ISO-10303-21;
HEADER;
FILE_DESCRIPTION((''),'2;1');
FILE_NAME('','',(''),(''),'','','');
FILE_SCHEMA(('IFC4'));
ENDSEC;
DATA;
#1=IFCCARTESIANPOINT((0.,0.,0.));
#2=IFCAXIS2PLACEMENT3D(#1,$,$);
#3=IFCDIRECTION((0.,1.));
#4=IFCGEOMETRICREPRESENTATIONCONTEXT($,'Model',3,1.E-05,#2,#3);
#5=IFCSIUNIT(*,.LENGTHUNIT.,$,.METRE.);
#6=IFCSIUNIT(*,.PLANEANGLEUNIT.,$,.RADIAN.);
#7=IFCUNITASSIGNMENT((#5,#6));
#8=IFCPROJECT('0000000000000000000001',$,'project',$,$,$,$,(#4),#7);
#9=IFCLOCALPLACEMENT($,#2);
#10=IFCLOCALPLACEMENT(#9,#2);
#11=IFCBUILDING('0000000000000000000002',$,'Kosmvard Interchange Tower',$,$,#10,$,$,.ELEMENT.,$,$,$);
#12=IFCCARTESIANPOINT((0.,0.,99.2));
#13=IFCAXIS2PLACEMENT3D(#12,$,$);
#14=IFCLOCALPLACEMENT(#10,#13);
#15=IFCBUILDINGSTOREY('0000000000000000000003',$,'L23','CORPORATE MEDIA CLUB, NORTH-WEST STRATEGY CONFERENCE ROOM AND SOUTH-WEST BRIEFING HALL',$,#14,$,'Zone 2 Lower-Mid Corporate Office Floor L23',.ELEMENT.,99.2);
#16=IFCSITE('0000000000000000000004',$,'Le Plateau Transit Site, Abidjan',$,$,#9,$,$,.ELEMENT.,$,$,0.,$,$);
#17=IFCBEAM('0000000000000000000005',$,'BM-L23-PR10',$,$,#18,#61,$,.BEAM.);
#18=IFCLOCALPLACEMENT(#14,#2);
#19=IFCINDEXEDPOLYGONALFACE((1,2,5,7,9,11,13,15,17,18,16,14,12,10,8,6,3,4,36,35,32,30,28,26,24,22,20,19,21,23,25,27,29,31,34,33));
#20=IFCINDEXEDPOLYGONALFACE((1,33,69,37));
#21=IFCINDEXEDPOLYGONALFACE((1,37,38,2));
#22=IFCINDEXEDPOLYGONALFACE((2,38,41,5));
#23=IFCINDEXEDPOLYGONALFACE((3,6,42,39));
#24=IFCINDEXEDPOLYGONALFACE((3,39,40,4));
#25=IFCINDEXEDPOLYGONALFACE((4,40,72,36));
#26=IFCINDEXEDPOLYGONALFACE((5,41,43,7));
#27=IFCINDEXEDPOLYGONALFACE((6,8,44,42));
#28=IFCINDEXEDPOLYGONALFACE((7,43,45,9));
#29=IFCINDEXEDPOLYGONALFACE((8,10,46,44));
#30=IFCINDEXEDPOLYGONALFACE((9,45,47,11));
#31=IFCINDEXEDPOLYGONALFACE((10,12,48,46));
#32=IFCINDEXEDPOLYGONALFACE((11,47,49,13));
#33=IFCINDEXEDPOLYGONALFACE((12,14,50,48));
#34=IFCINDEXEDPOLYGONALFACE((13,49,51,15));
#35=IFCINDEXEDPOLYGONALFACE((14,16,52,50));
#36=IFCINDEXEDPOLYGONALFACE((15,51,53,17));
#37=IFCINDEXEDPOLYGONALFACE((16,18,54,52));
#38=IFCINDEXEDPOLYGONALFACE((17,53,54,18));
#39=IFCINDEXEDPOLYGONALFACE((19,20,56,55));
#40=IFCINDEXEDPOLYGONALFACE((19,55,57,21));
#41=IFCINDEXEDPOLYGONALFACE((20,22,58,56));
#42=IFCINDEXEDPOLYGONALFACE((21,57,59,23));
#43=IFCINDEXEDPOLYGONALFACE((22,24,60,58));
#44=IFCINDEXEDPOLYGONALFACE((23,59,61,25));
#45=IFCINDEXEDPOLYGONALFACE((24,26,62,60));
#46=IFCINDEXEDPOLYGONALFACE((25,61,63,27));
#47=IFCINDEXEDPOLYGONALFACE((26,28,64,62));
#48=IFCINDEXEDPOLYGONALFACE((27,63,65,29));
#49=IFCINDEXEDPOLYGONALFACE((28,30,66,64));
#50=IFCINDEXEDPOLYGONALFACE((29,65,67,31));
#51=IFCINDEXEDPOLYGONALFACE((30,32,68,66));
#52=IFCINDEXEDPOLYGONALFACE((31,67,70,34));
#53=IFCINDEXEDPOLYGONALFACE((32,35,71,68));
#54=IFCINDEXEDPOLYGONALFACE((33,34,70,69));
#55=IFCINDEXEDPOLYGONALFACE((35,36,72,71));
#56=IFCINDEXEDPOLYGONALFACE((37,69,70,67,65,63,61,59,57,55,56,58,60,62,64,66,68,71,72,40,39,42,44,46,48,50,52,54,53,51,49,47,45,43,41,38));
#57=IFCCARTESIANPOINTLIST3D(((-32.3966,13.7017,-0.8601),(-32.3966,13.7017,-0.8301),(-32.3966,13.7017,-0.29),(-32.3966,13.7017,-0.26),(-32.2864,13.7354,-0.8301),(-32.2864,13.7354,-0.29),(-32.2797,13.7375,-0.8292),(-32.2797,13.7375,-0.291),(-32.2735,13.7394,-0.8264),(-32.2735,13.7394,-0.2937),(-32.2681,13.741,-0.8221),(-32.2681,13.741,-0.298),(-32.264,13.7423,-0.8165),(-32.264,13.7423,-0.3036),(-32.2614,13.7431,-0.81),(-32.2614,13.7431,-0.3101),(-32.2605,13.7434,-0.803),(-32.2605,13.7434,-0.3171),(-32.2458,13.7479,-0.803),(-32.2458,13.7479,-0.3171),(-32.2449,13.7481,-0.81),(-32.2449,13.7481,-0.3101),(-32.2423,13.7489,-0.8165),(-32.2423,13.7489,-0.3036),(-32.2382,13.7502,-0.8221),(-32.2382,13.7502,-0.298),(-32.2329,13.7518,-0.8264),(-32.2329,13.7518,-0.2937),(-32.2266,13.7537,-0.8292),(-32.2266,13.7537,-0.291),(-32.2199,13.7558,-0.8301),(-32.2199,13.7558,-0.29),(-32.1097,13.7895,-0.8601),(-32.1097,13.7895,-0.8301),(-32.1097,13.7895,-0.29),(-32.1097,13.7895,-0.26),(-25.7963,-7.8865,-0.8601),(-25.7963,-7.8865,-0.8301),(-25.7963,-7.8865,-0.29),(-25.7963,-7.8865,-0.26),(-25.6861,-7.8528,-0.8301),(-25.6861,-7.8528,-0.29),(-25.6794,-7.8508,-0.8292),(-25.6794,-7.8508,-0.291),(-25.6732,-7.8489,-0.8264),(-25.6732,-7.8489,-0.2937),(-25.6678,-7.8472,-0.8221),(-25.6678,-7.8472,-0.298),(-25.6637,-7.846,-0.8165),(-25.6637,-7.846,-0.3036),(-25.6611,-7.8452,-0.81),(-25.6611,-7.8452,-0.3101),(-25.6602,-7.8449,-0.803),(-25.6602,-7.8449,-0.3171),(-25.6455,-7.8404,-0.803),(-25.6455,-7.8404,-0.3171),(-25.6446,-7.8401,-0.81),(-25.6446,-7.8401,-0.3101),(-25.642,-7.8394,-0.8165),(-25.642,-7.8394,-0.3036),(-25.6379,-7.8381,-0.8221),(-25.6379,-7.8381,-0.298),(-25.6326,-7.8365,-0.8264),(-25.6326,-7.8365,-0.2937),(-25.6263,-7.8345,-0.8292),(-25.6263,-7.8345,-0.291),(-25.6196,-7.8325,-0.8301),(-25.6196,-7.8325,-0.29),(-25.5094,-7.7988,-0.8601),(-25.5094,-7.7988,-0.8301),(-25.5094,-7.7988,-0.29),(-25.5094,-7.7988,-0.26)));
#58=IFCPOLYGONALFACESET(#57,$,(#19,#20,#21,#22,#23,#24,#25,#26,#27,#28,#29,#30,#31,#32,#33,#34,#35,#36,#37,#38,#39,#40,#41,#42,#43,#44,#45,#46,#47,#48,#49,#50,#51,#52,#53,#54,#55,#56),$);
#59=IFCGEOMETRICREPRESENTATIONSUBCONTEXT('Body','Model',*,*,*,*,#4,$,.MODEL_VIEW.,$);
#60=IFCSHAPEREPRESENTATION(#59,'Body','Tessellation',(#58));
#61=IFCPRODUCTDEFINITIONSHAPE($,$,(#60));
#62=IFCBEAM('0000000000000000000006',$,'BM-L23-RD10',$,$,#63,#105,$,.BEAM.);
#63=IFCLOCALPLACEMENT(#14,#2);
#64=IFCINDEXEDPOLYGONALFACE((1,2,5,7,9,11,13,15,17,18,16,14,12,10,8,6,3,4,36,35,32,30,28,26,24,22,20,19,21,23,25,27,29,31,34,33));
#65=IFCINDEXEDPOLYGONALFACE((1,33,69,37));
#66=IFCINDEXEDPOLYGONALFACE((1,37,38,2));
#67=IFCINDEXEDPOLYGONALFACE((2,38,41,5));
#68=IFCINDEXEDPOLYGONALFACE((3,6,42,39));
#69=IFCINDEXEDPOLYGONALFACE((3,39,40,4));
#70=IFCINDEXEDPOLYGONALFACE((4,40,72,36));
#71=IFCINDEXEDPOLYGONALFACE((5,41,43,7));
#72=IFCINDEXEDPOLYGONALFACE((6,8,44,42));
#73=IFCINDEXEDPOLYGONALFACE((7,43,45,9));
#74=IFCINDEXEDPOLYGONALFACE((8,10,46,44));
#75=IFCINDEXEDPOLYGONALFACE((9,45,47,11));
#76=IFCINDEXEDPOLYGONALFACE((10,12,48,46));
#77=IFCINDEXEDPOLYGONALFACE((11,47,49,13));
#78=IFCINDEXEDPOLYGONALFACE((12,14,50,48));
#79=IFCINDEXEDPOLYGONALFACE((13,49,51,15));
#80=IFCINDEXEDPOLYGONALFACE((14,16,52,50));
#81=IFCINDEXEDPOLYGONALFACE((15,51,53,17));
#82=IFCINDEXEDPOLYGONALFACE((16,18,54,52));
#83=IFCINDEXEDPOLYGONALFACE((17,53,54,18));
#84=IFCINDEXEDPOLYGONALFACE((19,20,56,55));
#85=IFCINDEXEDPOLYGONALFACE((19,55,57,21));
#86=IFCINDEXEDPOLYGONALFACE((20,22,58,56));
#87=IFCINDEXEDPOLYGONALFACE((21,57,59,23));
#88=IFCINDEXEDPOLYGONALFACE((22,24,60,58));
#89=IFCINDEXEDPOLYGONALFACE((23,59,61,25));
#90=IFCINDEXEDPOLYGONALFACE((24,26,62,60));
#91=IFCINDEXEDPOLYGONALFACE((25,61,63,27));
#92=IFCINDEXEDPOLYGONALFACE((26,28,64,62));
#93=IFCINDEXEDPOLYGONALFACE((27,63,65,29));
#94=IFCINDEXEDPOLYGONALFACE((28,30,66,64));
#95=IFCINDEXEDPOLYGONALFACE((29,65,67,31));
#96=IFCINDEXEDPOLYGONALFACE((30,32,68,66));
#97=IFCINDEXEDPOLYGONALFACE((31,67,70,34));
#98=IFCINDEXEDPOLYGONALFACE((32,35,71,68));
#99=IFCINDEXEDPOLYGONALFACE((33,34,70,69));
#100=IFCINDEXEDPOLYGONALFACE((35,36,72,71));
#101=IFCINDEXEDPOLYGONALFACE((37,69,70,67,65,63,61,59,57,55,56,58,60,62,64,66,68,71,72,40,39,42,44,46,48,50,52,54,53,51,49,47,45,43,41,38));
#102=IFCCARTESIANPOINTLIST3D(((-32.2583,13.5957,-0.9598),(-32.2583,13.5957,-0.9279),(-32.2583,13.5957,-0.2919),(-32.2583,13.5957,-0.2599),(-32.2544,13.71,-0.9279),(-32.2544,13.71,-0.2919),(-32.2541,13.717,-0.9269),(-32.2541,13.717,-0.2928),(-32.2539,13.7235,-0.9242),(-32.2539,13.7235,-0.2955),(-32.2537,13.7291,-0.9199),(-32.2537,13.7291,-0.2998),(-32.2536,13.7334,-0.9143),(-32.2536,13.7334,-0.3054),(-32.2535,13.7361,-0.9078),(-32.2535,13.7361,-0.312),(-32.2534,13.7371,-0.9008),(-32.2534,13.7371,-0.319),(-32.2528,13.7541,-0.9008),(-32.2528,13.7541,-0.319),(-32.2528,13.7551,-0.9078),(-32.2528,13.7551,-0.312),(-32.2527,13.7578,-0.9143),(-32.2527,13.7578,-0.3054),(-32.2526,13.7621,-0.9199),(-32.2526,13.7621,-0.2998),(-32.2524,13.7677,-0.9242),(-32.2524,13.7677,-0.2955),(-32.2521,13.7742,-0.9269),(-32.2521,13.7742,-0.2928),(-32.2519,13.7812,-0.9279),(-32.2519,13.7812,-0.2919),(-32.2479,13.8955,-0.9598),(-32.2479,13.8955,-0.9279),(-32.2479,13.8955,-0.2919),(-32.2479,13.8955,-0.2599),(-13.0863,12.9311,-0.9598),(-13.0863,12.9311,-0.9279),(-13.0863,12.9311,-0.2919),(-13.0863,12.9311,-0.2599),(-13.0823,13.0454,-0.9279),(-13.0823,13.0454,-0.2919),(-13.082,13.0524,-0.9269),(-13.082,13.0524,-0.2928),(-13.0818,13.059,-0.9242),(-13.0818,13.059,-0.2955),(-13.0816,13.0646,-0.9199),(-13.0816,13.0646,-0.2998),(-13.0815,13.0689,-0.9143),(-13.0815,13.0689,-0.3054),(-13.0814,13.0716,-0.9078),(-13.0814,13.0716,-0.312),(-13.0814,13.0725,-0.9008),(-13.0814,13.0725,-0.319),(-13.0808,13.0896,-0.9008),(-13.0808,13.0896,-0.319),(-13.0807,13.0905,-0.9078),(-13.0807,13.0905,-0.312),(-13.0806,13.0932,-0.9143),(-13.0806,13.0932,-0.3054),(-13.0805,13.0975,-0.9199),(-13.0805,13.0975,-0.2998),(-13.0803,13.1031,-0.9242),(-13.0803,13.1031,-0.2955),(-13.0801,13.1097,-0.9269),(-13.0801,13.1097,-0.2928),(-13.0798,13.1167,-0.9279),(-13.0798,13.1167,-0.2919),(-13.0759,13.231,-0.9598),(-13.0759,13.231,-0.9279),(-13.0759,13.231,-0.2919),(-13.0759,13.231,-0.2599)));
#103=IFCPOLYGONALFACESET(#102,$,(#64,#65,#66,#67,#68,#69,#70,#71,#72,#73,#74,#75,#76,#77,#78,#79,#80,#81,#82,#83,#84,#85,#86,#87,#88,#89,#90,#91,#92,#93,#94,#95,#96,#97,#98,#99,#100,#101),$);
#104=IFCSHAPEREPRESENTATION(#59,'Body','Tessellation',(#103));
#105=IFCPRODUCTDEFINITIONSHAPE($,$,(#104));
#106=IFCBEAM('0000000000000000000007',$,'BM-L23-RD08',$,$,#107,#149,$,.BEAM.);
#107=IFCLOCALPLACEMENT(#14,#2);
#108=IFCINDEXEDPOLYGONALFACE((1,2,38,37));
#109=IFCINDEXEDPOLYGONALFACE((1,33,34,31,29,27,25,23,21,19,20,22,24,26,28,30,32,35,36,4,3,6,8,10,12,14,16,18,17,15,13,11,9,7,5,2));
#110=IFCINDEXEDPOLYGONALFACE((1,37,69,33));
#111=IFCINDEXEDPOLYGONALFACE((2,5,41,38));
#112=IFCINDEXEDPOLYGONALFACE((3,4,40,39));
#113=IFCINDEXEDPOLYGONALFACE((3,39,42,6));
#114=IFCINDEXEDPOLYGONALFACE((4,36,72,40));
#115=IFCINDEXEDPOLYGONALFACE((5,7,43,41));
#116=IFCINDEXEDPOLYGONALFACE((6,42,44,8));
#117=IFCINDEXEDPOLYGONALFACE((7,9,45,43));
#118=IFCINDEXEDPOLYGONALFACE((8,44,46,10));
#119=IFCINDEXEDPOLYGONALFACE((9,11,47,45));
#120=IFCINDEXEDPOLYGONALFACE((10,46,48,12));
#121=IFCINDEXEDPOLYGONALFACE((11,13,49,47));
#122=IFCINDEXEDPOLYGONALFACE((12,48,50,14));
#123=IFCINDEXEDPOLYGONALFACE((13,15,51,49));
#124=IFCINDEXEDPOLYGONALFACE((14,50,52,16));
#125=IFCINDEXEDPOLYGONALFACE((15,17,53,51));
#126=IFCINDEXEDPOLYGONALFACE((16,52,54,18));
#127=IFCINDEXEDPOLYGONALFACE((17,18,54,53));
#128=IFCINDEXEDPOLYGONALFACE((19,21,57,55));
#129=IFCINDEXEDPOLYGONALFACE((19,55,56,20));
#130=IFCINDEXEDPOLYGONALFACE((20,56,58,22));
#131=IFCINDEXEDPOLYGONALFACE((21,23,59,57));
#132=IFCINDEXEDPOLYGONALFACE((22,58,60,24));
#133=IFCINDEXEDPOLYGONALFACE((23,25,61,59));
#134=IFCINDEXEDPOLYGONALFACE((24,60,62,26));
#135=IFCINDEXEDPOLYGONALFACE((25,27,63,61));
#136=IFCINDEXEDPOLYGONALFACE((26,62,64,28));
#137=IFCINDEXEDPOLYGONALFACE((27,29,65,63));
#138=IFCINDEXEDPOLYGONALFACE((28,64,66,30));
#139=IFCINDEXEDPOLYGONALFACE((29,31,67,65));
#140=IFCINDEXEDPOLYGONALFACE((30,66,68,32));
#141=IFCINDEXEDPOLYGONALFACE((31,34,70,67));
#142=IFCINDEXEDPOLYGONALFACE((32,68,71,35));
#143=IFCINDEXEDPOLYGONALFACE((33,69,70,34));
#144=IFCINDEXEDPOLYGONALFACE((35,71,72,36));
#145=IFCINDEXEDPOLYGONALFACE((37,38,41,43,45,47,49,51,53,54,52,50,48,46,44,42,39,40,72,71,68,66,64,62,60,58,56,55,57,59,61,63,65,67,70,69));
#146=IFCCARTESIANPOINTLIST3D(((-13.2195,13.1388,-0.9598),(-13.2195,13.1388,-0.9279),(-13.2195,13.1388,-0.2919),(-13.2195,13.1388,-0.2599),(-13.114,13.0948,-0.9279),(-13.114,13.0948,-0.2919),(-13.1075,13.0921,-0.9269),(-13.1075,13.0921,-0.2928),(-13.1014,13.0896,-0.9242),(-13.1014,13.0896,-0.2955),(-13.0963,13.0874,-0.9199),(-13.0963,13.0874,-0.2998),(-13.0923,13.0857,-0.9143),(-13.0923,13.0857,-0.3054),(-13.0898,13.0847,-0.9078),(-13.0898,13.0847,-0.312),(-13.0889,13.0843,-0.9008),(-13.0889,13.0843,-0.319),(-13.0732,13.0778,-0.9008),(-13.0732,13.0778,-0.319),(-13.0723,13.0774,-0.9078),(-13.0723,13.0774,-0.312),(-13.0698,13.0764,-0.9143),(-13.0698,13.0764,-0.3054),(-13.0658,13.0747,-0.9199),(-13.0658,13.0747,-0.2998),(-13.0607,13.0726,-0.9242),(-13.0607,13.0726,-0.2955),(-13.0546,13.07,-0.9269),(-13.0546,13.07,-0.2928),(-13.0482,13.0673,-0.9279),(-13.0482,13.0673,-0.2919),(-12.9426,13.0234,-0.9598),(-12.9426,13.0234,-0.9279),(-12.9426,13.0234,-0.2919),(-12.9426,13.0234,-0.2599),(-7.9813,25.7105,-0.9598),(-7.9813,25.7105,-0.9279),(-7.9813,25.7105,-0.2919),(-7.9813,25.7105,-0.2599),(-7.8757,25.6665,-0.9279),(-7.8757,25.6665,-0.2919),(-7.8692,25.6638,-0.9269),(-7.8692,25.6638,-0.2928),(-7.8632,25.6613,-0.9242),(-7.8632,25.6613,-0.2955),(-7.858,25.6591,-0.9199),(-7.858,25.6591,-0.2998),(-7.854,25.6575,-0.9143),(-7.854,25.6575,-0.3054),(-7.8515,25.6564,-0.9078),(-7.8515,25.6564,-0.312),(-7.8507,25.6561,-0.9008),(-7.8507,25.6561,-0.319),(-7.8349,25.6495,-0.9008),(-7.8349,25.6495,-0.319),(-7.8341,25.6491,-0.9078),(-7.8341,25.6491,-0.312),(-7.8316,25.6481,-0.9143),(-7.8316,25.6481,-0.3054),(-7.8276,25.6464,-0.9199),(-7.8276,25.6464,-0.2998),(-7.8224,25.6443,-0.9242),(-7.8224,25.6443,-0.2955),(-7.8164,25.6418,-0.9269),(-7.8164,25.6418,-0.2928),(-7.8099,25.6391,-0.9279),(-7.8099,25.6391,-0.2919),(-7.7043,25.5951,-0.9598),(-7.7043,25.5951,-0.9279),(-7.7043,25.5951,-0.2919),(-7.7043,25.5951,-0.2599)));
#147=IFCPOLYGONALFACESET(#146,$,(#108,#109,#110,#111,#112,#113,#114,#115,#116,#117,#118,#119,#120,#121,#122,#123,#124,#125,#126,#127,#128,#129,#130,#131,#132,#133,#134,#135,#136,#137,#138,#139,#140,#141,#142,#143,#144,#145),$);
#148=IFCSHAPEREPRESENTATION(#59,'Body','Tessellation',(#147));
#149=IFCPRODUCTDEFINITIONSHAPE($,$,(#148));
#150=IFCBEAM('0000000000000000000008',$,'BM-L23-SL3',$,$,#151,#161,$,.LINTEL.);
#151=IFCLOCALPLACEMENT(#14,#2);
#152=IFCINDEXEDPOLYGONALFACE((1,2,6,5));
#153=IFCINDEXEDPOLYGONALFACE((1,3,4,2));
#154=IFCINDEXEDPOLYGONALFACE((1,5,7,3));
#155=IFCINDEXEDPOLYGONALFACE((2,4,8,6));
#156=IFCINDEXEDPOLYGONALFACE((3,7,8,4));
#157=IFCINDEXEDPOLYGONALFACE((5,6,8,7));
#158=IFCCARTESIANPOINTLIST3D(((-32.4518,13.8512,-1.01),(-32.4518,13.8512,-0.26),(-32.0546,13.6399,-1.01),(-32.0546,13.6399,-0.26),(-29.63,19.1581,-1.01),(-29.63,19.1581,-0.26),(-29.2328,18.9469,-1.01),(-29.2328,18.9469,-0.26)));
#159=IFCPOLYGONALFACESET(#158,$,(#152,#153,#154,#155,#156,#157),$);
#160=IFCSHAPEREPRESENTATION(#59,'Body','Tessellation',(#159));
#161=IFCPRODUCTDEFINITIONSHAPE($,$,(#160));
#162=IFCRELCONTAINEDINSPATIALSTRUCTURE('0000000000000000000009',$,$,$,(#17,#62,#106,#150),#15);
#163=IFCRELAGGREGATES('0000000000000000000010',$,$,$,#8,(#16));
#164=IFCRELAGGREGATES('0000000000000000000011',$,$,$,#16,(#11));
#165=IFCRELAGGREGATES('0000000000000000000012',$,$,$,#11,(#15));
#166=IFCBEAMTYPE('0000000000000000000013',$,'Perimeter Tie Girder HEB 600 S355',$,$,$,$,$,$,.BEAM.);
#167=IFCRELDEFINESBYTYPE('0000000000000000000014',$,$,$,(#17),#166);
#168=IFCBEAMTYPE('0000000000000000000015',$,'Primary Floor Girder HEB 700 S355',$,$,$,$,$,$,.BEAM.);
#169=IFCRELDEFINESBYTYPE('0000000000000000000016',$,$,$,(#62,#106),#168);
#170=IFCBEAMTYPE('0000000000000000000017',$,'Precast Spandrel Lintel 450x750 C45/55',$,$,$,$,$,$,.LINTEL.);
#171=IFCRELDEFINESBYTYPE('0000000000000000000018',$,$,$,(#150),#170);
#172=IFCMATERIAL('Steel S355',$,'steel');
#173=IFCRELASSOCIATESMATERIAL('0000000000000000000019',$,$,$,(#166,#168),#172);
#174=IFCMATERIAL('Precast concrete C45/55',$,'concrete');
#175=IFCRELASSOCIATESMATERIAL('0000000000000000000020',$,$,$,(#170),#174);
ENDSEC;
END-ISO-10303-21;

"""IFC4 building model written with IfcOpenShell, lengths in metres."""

from ifc_helpers import new_model, si_unit, direction, frame, origin, origin_2d, place, context, subcontext, project, spatial, rectangle, i_section, extrude, source, transform, mapped, material, material_profile, profile_set, type_object, element, save


model = new_model("IFC4")

# Units and contexts
model_context = context("Model", 3, precision=1e-05, world=origin(), true_north=direction((0.0, 1.0)))
body_context = subcontext(model_context, "Body", "Model", "MODEL_VIEW")
ifc_project = project(units=[si_unit("LENGTHUNIT", "METRE"), si_unit("PLANEANGLEUNIT", "RADIAN")], contexts=[model_context])

# Site, building, storey
site_placement = place(None, origin())
site = spatial("IfcSite", under=ifc_project, at=site_placement, Name="Le Plateau Transit Site, Abidjan", CompositionType="ELEMENT", RefElevation=0.0)
building_placement = place(site_placement, origin())
building = spatial("IfcBuilding", under=site, at=building_placement, Name="Kosmvard Interchange Tower", CompositionType="ELEMENT")
storey_placement = place(building_placement, frame((0.0, 0.0, 99.2)))
storey = spatial("IfcBuildingStorey", under=building, at=storey_placement, Name="L23", Description="CORPORATE MEDIA CLUB, NORTH-WEST STRATEGY CONFERENCE ROOM AND SOUTH-WEST BRIEFING HALL", LongName="Zone 2 Lower-Mid Corporate Office Floor L23", CompositionType="ELEMENT", Elevation=99.2)

# Beams
ifc_material_1 = material(Name="Steel S355", Category="steel")
ifc_material_profile_1 = material_profile(ifc_material_1, i_section(OverallWidth=0.3, OverallDepth=0.6001, WebThickness=0.0154, FlangeThickness=0.03, FilletRadius=0.0271, at=origin_2d()), Name="HEB 600")
ifc_profile_set_1 = profile_set([ifc_material_profile_1], Name="Steel S355")
beam_type_1 = type_object("IfcBeamType", Name="Perimeter Tie Girder HEB 600 S355", PredefinedType="BEAM", material=ifc_profile_set_1)
shared_shape_1 = source(origin(), body_context, "Body", "SweptSolid", [
    extrude(i_section(OverallWidth=0.3, OverallDepth=0.6001, WebThickness=0.0154, FlangeThickness=0.03, FilletRadius=0.0271, at=origin_2d()), origin(), (0.0, 0.0, 1.0), 22.5747),
])
beam_1_placement = place(storey_placement, frame((-32.2532, 13.7456, -0.5601), z_axis=(0.292376, -0.956303, 0.0), x_axis=(0.956303, 0.292376, 0.0)))
element("IfcBeam", 1, at=beam_1_placement, inside=storey, type_object=beam_type_1, Name="BM-L23-PR10", PredefinedType="BEAM", context=body_context, shape_type="MappedRepresentation", body=[
    mapped(shared_shape_1, transform((0.0, 0.0, 0.0), scale=1.0)),
])
ifc_material_profile_2 = material_profile(ifc_material_1, i_section(OverallWidth=0.3, OverallDepth=0.7, WebThickness=0.0171, FlangeThickness=0.032, FilletRadius=0.0271, at=origin_2d()), Name="HEB 700")
ifc_profile_set_2 = profile_set([ifc_material_profile_2], Name="Steel S355")
beam_type_2 = type_object("IfcBeamType", Name="Primary Floor Girder HEB 700 S355", PredefinedType="BEAM", material=ifc_profile_set_2)
shared_shape_2 = source(origin(), body_context, "Body", "SweptSolid", [
    extrude(i_section(OverallWidth=0.3, OverallDepth=0.7, WebThickness=0.0171, FlangeThickness=0.032, FilletRadius=0.0271, at=origin_2d()), origin(), (0.0, 0.0, 1.0), 19.1836),
])
beam_2_placement = place(storey_placement, frame((-13.0811, 13.0811, -0.6099), z_axis=(-0.9994, 0.034642, 0.0), x_axis=(-0.034642, -0.9994, 0.0)))
element("IfcBeam", 2, at=beam_2_placement, inside=storey, type_object=beam_type_2, Name="BM-L23-RD10", PredefinedType="BEAM", context=body_context, shape_type="MappedRepresentation", body=[
    mapped(shared_shape_2, transform((0.0, 0.0, 0.0), scale=1.0)),
])
shared_shape_3 = source(origin(), body_context, "Body", "SweptSolid", [
    extrude(i_section(OverallWidth=0.3, OverallDepth=0.7, WebThickness=0.0171, FlangeThickness=0.032, FilletRadius=0.0271, at=origin_2d()), origin(), (0.0, 0.0, 1.0), 13.6194),
])
beam_3_placement = place(storey_placement, frame((-13.0811, 13.0811, -0.6099), z_axis=(0.384618, 0.923076, 0.0), x_axis=(-0.923076, 0.384618, 0.0)))
element("IfcBeam", 3, at=beam_3_placement, inside=storey, type_object=beam_type_2, Name="BM-L23-RD08", PredefinedType="BEAM", context=body_context, shape_type="MappedRepresentation", body=[
    mapped(shared_shape_3, transform((0.0, 0.0, 0.0), scale=1.0)),
])
ifc_material_2 = material(Name="Precast concrete C45/55", Category="concrete")
ifc_material_profile_3 = material_profile(ifc_material_2, rectangle(XDim=0.45, YDim=0.75, at=origin_2d()), Name="SL 450x750")
ifc_profile_set_3 = profile_set([ifc_material_profile_3], Name="Precast concrete C45/55")
beam_type_3 = type_object("IfcBeamType", Name="Precast Spandrel Lintel 450x750 C45/55", PredefinedType="LINTEL", material=ifc_profile_set_3)
shared_shape_4 = source(origin(), body_context, "Body", "SweptSolid", [
    extrude(rectangle(XDim=0.45, YDim=0.75, at=origin_2d()), origin(), (0.0, 0.0, 1.0), 6.0105),
])
beam_4_placement = place(storey_placement, frame((-29.4314, 19.0525, -0.635), z_axis=(-0.469479, -0.882944, 0.0), x_axis=(0.882944, -0.469479, 0.0)))
element("IfcBeam", 4, at=beam_4_placement, inside=storey, type_object=beam_type_3, Name="BM-L23-SL3", PredefinedType="LINTEL", context=body_context, shape_type="MappedRepresentation", body=[
    mapped(shared_shape_4, transform((0.0, 0.0, 0.0), scale=1.0)),
])

save(model, "model.ifc")
